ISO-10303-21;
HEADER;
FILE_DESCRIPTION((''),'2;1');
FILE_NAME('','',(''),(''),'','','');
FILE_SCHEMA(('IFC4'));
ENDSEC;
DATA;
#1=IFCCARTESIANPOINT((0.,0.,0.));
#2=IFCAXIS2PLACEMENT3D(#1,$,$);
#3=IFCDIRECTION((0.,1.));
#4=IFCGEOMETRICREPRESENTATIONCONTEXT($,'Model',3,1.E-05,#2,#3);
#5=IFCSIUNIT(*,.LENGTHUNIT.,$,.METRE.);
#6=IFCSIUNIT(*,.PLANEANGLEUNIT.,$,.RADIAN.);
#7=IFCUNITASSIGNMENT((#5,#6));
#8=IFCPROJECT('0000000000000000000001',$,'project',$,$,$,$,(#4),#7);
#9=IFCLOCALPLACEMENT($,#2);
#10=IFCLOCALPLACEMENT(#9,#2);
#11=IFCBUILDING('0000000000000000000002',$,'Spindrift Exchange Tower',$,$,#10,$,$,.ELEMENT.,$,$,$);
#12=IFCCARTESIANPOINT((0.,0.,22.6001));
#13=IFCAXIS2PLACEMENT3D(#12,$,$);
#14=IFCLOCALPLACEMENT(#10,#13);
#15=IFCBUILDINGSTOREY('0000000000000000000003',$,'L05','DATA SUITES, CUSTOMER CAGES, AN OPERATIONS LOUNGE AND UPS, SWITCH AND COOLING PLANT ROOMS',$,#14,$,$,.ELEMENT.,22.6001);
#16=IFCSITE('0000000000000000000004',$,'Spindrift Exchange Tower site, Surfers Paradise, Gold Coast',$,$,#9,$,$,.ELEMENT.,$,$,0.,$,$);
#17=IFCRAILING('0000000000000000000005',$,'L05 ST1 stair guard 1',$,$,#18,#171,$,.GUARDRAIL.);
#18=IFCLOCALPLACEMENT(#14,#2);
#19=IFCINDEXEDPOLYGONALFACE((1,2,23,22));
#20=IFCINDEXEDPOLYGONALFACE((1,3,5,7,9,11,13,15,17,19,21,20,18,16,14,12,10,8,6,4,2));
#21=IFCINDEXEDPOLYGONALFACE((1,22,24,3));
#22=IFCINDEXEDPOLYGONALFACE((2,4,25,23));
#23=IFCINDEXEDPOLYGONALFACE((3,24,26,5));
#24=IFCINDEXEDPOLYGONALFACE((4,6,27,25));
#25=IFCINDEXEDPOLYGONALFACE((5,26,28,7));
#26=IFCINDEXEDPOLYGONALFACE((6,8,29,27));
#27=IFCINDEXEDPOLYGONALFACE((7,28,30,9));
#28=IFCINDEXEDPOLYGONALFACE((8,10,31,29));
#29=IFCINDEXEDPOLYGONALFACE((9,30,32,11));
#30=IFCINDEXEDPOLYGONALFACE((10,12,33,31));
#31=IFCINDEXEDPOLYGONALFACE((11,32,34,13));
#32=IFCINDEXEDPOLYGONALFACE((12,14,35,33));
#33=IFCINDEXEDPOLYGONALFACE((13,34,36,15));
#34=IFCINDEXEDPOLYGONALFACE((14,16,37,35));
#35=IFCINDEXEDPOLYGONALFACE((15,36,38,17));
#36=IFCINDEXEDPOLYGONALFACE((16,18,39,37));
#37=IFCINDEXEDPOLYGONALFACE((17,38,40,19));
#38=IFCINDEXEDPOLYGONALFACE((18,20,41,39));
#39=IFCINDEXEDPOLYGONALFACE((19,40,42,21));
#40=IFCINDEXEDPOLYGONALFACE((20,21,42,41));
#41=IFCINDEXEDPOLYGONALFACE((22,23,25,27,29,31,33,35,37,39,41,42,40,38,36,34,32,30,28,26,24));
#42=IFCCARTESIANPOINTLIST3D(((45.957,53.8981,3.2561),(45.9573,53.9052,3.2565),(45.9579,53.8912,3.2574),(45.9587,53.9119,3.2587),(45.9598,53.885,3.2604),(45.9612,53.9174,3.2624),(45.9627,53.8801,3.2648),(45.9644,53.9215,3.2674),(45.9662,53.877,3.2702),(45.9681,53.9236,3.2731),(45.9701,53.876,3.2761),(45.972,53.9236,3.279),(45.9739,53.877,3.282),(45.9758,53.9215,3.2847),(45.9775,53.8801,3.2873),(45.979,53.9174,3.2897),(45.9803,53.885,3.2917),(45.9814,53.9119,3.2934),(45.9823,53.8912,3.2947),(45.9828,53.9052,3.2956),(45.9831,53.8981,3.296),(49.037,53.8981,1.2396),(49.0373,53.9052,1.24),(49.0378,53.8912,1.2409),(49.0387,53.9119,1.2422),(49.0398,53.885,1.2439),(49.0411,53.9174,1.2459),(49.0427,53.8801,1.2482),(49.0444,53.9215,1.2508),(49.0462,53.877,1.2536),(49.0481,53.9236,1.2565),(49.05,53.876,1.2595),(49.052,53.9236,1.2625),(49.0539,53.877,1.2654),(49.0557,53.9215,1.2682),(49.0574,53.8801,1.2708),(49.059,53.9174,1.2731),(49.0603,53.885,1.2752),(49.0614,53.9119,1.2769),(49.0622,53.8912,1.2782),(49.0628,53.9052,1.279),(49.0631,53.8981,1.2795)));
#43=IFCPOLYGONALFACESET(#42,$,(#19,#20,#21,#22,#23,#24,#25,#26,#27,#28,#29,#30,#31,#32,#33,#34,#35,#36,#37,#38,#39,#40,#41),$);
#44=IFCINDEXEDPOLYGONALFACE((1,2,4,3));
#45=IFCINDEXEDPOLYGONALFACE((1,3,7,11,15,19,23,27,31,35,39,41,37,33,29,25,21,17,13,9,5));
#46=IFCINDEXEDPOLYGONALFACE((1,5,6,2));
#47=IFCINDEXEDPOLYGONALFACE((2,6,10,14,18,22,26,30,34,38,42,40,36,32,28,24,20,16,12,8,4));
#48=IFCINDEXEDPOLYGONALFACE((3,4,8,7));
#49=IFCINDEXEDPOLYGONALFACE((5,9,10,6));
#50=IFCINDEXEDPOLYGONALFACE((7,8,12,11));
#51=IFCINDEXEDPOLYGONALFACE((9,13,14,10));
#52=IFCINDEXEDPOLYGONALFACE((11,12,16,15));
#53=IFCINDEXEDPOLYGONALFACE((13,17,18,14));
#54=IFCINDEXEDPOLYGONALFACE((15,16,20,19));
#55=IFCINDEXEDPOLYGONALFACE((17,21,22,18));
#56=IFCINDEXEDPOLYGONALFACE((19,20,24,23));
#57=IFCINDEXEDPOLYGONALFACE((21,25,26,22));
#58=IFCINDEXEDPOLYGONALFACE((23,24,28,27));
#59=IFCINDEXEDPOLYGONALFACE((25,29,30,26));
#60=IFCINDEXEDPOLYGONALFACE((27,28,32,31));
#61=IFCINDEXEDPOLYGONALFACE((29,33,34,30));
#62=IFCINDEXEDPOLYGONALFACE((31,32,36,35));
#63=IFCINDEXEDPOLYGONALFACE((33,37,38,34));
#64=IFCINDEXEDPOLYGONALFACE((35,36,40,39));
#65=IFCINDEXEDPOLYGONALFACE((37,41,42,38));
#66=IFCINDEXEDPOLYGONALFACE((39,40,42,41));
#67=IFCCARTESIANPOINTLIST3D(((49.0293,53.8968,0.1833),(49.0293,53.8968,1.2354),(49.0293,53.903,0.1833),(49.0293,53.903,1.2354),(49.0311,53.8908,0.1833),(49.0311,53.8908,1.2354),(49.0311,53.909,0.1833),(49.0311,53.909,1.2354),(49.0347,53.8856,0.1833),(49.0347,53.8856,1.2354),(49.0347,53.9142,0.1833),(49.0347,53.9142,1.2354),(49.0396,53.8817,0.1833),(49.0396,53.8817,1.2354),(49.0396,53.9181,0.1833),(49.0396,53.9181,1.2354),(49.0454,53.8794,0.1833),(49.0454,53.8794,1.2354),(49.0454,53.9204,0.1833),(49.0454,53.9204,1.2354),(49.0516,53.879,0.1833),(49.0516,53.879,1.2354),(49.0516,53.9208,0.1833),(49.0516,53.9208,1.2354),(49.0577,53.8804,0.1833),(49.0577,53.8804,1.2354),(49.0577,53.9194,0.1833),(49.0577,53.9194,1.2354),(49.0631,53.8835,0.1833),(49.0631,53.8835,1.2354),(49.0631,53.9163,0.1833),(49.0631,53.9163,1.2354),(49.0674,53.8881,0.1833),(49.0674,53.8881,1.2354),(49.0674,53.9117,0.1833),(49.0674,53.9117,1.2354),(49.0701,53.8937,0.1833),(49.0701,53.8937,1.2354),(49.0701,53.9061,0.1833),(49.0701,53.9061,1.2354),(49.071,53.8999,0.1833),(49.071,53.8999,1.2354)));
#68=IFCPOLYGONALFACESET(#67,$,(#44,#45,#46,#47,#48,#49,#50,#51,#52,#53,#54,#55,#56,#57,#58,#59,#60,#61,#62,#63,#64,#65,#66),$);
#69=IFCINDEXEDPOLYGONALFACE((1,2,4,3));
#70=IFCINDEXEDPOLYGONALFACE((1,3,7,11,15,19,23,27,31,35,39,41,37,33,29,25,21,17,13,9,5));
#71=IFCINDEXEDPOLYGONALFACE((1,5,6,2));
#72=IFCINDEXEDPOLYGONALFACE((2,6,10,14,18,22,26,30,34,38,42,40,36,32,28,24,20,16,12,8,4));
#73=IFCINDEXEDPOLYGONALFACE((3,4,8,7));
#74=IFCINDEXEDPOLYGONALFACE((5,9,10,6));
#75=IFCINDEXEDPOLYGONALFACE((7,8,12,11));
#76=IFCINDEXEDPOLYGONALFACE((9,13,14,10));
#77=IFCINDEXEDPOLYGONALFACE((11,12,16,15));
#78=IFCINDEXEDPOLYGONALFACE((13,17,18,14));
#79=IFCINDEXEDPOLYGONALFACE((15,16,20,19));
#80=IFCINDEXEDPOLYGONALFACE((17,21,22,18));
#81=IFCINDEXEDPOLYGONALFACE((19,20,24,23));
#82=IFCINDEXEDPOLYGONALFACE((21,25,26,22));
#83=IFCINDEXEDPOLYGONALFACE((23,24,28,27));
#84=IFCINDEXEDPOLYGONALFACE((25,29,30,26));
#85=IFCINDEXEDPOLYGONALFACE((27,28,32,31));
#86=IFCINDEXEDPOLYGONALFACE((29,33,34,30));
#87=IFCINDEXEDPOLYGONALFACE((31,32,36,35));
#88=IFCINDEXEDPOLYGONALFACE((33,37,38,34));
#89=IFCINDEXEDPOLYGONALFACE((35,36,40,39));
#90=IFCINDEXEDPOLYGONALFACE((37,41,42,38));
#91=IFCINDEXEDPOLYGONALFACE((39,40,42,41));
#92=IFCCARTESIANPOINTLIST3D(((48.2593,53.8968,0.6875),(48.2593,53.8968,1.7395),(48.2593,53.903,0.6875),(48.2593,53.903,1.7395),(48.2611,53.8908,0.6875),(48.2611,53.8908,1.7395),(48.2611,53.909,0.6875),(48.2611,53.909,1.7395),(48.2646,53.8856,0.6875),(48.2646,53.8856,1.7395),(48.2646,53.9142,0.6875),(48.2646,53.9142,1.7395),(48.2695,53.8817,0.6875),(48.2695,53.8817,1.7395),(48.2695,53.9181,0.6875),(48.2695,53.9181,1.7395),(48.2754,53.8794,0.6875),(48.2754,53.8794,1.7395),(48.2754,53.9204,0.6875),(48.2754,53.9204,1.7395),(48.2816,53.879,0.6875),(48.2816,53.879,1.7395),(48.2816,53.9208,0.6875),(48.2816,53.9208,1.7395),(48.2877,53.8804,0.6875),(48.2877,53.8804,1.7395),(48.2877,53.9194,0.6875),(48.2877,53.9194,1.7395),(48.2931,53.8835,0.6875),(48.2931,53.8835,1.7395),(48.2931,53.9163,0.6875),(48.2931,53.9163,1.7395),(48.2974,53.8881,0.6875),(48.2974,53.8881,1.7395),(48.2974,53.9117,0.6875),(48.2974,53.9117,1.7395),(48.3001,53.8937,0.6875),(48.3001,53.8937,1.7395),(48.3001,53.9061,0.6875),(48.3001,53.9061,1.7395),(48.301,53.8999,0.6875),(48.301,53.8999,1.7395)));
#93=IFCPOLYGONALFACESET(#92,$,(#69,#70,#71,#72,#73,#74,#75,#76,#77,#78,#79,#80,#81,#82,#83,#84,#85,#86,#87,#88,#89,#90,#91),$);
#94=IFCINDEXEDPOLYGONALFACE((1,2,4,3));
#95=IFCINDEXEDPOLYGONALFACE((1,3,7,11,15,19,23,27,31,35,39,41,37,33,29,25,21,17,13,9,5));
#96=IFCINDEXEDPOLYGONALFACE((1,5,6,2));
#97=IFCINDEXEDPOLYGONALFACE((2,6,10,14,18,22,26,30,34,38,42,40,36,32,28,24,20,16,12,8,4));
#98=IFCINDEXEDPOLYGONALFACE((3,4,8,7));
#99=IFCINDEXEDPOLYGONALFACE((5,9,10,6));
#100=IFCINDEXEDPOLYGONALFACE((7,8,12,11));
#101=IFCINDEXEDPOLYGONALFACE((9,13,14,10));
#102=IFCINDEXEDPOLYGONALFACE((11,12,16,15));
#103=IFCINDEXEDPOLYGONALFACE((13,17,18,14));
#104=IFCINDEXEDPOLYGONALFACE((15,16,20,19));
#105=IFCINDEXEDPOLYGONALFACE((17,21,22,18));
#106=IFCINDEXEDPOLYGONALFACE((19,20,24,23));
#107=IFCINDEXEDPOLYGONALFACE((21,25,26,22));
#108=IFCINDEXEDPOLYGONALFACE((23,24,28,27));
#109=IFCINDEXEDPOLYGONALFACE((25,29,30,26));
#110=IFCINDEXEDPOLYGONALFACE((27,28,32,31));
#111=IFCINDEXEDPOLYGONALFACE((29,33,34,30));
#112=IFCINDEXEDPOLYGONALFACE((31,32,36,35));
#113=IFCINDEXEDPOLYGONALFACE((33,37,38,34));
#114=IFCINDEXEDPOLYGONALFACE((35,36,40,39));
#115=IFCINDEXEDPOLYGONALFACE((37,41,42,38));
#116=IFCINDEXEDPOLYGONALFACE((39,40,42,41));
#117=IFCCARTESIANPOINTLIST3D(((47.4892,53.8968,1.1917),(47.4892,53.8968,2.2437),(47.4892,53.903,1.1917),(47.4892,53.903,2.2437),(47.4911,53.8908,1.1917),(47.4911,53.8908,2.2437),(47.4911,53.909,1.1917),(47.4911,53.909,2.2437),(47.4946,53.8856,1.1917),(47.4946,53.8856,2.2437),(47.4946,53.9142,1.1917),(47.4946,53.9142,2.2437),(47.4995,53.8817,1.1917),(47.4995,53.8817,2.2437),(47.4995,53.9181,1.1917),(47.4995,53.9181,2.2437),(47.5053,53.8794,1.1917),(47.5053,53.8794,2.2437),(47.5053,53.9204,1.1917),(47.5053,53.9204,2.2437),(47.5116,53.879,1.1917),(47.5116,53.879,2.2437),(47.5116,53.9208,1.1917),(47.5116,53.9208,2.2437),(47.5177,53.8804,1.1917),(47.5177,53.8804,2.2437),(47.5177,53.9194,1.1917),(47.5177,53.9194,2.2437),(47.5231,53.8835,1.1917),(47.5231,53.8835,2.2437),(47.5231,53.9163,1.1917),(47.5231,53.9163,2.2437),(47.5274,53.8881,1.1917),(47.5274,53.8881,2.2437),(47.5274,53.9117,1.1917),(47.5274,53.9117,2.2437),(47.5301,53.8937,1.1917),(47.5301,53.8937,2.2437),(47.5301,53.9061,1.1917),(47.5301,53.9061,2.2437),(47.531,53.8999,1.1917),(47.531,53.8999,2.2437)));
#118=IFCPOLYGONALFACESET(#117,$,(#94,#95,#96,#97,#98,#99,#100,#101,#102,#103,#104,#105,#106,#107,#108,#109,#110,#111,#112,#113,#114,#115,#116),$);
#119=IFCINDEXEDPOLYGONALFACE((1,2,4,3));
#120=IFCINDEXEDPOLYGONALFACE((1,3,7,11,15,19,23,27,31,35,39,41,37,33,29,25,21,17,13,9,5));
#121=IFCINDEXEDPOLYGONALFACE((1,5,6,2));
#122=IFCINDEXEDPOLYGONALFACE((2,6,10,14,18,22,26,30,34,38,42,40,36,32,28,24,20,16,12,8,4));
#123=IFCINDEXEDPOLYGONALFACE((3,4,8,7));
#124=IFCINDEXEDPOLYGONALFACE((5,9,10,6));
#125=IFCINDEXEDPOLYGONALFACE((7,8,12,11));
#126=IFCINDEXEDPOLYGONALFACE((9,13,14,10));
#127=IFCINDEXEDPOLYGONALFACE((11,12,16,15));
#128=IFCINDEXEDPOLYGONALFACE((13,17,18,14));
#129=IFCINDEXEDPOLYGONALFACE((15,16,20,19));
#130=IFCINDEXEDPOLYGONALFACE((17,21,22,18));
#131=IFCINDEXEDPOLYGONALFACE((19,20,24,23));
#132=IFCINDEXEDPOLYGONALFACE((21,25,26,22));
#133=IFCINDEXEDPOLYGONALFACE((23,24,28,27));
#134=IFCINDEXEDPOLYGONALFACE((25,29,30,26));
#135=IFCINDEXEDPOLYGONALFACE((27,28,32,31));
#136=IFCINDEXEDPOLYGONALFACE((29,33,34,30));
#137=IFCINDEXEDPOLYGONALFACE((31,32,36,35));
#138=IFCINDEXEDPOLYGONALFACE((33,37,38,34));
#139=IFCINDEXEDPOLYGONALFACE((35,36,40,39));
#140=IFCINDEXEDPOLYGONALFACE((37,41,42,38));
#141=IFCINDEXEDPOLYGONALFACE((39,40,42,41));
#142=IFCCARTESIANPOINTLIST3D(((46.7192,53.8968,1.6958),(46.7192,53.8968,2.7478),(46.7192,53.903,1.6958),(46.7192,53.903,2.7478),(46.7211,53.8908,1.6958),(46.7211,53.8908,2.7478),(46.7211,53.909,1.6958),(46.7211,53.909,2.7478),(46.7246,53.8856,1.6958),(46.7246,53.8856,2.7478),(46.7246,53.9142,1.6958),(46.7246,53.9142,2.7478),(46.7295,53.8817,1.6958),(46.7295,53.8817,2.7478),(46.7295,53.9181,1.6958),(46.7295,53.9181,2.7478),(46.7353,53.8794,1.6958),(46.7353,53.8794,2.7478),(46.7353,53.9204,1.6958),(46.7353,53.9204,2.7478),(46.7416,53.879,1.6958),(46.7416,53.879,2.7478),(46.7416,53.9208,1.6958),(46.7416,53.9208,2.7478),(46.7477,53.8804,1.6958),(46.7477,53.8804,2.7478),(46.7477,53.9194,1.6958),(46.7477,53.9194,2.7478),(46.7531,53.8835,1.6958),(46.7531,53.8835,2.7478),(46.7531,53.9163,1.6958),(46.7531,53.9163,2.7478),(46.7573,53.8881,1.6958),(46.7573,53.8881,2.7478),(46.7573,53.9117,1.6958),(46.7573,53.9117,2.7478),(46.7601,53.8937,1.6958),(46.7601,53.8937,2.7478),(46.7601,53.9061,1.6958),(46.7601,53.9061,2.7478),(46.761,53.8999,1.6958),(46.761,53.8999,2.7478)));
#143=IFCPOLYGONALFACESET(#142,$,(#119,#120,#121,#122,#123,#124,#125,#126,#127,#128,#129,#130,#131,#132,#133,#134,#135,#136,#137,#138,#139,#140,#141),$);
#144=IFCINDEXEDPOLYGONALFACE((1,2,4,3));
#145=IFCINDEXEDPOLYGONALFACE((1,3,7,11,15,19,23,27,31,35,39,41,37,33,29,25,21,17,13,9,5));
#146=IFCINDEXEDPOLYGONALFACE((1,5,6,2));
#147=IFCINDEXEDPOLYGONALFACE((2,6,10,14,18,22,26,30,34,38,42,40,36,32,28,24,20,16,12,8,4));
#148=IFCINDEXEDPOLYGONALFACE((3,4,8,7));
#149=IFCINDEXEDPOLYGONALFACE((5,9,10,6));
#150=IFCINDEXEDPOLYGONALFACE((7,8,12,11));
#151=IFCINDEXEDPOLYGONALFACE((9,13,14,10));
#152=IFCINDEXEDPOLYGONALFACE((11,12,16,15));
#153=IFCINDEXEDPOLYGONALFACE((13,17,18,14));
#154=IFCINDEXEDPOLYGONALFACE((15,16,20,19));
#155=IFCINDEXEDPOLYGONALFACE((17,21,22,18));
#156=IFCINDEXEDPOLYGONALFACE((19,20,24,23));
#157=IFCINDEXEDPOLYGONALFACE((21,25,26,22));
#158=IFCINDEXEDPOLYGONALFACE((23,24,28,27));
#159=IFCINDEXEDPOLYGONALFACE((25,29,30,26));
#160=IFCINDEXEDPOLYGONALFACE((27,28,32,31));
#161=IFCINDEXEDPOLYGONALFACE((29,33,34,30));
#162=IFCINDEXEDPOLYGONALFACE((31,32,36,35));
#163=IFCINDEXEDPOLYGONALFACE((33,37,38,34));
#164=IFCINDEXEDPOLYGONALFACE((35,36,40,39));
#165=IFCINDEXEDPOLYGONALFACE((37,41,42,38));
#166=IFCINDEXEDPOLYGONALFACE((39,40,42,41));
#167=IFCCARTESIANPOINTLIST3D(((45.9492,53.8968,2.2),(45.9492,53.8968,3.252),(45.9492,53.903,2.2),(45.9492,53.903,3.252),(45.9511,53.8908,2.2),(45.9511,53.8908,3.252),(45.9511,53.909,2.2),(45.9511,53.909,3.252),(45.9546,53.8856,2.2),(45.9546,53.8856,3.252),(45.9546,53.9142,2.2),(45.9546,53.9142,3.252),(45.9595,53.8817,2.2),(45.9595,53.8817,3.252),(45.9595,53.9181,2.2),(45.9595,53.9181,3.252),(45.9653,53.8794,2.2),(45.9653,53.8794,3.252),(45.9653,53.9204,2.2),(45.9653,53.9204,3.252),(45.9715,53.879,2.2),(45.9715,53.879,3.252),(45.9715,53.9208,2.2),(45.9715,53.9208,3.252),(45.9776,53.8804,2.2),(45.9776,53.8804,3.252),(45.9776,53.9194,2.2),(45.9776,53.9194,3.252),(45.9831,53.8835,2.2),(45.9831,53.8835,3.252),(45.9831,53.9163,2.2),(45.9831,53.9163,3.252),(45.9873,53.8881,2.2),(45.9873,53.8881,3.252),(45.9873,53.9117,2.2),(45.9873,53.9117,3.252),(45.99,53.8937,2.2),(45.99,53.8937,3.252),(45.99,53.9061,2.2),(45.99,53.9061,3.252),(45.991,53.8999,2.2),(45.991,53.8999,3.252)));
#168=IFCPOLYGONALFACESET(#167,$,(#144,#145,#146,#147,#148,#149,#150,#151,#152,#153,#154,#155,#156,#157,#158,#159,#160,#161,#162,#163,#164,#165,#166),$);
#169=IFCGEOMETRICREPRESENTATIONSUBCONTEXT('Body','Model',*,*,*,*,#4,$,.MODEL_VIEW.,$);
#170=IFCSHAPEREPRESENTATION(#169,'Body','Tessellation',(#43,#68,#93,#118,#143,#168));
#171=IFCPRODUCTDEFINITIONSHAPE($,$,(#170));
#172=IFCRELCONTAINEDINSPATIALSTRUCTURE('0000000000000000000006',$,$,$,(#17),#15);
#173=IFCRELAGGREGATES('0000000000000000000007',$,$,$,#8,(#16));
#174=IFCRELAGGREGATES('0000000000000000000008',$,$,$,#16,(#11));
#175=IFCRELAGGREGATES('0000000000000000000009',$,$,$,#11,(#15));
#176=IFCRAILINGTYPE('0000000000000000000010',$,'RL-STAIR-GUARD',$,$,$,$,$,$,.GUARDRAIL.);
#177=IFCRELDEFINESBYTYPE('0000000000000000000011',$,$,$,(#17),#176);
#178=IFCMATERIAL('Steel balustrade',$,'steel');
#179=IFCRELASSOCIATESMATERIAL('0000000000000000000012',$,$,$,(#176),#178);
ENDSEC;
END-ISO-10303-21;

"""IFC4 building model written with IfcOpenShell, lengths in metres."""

from ifc_helpers import new_model, si_unit, direction, frame, origin, origin_2d, place, context, subcontext, project, spatial, circle, extrude, material, type_object, element, save


model = new_model("IFC4")

# Units and contexts
model_context = context("Model", 3, precision=1e-05, world=origin(), true_north=direction((0.0, 1.0)))
body_context = subcontext(model_context, "Body", "Model", "MODEL_VIEW")
ifc_project = project(units=[si_unit("LENGTHUNIT", "METRE"), si_unit("PLANEANGLEUNIT", "RADIAN")], contexts=[model_context])

# Site, building, storey
site_placement = place(None, origin())
site = spatial("IfcSite", under=ifc_project, at=site_placement, Name="Spindrift Exchange Tower site, Surfers Paradise, Gold Coast", CompositionType="ELEMENT", RefElevation=0.0)
building_placement = place(site_placement, origin())
building = spatial("IfcBuilding", under=site, at=building_placement, Name="Spindrift Exchange Tower", CompositionType="ELEMENT")
storey_placement = place(building_placement, frame((0.0, 0.0, 22.6001)))
storey = spatial("IfcBuildingStorey", under=building, at=storey_placement, Name="L05", Description="DATA SUITES, CUSTOMER CAGES, AN OPERATIONS LOUNGE AND UPS, SWITCH AND COOLING PLANT ROOMS", CompositionType="ELEMENT", Elevation=22.6001)

# Railing
ifc_material_1 = material(Name="Steel balustrade", Category="steel")
railing_type_1 = type_object("IfcRailingType", Name="RL-STAIR-GUARD", PredefinedType="GUARDRAIL", material=ifc_material_1)
railing_1_placement = place(storey_placement, frame((49.05, 53.8999, 0.1833)))
element("IfcRailing", 1, at=railing_1_placement, inside=storey, type_object=railing_type_1, Name="L05 ST1 stair guard 1", PredefinedType="GUARDRAIL", context=body_context, shape_type="SweptSolid", body=[
    extrude(circle(Radius=0.0239, at=origin_2d()), frame((0.0, 0.0, 1.0762), z_axis=(-0.836633, 0.0, 0.547764), x_axis=(0.0, -1.0, 0.0)), (0.0, 0.0, 1.0), 3.6814),
    extrude(circle(Radius=0.021, at=origin_2d()), origin(), (0.0, 0.0, 1.0), 1.052),
    extrude(circle(Radius=0.021, at=origin_2d()), frame((-0.77, 0.0, 0.5042)), (0.0, 0.0, 1.0), 1.052),
    extrude(circle(Radius=0.021, at=origin_2d()), frame((-1.54, 0.0, 1.0083)), (0.0, 0.0, 1.0), 1.052),
    extrude(circle(Radius=0.021, at=origin_2d()), frame((-2.3101, 0.0, 1.5125)), (0.0, 0.0, 1.0), 1.052),
    extrude(circle(Radius=0.021, at=origin_2d()), frame((-3.0801, 0.0, 2.0166)), (0.0, 0.0, 1.0), 1.052),
])

save(model, "model.ifc")
